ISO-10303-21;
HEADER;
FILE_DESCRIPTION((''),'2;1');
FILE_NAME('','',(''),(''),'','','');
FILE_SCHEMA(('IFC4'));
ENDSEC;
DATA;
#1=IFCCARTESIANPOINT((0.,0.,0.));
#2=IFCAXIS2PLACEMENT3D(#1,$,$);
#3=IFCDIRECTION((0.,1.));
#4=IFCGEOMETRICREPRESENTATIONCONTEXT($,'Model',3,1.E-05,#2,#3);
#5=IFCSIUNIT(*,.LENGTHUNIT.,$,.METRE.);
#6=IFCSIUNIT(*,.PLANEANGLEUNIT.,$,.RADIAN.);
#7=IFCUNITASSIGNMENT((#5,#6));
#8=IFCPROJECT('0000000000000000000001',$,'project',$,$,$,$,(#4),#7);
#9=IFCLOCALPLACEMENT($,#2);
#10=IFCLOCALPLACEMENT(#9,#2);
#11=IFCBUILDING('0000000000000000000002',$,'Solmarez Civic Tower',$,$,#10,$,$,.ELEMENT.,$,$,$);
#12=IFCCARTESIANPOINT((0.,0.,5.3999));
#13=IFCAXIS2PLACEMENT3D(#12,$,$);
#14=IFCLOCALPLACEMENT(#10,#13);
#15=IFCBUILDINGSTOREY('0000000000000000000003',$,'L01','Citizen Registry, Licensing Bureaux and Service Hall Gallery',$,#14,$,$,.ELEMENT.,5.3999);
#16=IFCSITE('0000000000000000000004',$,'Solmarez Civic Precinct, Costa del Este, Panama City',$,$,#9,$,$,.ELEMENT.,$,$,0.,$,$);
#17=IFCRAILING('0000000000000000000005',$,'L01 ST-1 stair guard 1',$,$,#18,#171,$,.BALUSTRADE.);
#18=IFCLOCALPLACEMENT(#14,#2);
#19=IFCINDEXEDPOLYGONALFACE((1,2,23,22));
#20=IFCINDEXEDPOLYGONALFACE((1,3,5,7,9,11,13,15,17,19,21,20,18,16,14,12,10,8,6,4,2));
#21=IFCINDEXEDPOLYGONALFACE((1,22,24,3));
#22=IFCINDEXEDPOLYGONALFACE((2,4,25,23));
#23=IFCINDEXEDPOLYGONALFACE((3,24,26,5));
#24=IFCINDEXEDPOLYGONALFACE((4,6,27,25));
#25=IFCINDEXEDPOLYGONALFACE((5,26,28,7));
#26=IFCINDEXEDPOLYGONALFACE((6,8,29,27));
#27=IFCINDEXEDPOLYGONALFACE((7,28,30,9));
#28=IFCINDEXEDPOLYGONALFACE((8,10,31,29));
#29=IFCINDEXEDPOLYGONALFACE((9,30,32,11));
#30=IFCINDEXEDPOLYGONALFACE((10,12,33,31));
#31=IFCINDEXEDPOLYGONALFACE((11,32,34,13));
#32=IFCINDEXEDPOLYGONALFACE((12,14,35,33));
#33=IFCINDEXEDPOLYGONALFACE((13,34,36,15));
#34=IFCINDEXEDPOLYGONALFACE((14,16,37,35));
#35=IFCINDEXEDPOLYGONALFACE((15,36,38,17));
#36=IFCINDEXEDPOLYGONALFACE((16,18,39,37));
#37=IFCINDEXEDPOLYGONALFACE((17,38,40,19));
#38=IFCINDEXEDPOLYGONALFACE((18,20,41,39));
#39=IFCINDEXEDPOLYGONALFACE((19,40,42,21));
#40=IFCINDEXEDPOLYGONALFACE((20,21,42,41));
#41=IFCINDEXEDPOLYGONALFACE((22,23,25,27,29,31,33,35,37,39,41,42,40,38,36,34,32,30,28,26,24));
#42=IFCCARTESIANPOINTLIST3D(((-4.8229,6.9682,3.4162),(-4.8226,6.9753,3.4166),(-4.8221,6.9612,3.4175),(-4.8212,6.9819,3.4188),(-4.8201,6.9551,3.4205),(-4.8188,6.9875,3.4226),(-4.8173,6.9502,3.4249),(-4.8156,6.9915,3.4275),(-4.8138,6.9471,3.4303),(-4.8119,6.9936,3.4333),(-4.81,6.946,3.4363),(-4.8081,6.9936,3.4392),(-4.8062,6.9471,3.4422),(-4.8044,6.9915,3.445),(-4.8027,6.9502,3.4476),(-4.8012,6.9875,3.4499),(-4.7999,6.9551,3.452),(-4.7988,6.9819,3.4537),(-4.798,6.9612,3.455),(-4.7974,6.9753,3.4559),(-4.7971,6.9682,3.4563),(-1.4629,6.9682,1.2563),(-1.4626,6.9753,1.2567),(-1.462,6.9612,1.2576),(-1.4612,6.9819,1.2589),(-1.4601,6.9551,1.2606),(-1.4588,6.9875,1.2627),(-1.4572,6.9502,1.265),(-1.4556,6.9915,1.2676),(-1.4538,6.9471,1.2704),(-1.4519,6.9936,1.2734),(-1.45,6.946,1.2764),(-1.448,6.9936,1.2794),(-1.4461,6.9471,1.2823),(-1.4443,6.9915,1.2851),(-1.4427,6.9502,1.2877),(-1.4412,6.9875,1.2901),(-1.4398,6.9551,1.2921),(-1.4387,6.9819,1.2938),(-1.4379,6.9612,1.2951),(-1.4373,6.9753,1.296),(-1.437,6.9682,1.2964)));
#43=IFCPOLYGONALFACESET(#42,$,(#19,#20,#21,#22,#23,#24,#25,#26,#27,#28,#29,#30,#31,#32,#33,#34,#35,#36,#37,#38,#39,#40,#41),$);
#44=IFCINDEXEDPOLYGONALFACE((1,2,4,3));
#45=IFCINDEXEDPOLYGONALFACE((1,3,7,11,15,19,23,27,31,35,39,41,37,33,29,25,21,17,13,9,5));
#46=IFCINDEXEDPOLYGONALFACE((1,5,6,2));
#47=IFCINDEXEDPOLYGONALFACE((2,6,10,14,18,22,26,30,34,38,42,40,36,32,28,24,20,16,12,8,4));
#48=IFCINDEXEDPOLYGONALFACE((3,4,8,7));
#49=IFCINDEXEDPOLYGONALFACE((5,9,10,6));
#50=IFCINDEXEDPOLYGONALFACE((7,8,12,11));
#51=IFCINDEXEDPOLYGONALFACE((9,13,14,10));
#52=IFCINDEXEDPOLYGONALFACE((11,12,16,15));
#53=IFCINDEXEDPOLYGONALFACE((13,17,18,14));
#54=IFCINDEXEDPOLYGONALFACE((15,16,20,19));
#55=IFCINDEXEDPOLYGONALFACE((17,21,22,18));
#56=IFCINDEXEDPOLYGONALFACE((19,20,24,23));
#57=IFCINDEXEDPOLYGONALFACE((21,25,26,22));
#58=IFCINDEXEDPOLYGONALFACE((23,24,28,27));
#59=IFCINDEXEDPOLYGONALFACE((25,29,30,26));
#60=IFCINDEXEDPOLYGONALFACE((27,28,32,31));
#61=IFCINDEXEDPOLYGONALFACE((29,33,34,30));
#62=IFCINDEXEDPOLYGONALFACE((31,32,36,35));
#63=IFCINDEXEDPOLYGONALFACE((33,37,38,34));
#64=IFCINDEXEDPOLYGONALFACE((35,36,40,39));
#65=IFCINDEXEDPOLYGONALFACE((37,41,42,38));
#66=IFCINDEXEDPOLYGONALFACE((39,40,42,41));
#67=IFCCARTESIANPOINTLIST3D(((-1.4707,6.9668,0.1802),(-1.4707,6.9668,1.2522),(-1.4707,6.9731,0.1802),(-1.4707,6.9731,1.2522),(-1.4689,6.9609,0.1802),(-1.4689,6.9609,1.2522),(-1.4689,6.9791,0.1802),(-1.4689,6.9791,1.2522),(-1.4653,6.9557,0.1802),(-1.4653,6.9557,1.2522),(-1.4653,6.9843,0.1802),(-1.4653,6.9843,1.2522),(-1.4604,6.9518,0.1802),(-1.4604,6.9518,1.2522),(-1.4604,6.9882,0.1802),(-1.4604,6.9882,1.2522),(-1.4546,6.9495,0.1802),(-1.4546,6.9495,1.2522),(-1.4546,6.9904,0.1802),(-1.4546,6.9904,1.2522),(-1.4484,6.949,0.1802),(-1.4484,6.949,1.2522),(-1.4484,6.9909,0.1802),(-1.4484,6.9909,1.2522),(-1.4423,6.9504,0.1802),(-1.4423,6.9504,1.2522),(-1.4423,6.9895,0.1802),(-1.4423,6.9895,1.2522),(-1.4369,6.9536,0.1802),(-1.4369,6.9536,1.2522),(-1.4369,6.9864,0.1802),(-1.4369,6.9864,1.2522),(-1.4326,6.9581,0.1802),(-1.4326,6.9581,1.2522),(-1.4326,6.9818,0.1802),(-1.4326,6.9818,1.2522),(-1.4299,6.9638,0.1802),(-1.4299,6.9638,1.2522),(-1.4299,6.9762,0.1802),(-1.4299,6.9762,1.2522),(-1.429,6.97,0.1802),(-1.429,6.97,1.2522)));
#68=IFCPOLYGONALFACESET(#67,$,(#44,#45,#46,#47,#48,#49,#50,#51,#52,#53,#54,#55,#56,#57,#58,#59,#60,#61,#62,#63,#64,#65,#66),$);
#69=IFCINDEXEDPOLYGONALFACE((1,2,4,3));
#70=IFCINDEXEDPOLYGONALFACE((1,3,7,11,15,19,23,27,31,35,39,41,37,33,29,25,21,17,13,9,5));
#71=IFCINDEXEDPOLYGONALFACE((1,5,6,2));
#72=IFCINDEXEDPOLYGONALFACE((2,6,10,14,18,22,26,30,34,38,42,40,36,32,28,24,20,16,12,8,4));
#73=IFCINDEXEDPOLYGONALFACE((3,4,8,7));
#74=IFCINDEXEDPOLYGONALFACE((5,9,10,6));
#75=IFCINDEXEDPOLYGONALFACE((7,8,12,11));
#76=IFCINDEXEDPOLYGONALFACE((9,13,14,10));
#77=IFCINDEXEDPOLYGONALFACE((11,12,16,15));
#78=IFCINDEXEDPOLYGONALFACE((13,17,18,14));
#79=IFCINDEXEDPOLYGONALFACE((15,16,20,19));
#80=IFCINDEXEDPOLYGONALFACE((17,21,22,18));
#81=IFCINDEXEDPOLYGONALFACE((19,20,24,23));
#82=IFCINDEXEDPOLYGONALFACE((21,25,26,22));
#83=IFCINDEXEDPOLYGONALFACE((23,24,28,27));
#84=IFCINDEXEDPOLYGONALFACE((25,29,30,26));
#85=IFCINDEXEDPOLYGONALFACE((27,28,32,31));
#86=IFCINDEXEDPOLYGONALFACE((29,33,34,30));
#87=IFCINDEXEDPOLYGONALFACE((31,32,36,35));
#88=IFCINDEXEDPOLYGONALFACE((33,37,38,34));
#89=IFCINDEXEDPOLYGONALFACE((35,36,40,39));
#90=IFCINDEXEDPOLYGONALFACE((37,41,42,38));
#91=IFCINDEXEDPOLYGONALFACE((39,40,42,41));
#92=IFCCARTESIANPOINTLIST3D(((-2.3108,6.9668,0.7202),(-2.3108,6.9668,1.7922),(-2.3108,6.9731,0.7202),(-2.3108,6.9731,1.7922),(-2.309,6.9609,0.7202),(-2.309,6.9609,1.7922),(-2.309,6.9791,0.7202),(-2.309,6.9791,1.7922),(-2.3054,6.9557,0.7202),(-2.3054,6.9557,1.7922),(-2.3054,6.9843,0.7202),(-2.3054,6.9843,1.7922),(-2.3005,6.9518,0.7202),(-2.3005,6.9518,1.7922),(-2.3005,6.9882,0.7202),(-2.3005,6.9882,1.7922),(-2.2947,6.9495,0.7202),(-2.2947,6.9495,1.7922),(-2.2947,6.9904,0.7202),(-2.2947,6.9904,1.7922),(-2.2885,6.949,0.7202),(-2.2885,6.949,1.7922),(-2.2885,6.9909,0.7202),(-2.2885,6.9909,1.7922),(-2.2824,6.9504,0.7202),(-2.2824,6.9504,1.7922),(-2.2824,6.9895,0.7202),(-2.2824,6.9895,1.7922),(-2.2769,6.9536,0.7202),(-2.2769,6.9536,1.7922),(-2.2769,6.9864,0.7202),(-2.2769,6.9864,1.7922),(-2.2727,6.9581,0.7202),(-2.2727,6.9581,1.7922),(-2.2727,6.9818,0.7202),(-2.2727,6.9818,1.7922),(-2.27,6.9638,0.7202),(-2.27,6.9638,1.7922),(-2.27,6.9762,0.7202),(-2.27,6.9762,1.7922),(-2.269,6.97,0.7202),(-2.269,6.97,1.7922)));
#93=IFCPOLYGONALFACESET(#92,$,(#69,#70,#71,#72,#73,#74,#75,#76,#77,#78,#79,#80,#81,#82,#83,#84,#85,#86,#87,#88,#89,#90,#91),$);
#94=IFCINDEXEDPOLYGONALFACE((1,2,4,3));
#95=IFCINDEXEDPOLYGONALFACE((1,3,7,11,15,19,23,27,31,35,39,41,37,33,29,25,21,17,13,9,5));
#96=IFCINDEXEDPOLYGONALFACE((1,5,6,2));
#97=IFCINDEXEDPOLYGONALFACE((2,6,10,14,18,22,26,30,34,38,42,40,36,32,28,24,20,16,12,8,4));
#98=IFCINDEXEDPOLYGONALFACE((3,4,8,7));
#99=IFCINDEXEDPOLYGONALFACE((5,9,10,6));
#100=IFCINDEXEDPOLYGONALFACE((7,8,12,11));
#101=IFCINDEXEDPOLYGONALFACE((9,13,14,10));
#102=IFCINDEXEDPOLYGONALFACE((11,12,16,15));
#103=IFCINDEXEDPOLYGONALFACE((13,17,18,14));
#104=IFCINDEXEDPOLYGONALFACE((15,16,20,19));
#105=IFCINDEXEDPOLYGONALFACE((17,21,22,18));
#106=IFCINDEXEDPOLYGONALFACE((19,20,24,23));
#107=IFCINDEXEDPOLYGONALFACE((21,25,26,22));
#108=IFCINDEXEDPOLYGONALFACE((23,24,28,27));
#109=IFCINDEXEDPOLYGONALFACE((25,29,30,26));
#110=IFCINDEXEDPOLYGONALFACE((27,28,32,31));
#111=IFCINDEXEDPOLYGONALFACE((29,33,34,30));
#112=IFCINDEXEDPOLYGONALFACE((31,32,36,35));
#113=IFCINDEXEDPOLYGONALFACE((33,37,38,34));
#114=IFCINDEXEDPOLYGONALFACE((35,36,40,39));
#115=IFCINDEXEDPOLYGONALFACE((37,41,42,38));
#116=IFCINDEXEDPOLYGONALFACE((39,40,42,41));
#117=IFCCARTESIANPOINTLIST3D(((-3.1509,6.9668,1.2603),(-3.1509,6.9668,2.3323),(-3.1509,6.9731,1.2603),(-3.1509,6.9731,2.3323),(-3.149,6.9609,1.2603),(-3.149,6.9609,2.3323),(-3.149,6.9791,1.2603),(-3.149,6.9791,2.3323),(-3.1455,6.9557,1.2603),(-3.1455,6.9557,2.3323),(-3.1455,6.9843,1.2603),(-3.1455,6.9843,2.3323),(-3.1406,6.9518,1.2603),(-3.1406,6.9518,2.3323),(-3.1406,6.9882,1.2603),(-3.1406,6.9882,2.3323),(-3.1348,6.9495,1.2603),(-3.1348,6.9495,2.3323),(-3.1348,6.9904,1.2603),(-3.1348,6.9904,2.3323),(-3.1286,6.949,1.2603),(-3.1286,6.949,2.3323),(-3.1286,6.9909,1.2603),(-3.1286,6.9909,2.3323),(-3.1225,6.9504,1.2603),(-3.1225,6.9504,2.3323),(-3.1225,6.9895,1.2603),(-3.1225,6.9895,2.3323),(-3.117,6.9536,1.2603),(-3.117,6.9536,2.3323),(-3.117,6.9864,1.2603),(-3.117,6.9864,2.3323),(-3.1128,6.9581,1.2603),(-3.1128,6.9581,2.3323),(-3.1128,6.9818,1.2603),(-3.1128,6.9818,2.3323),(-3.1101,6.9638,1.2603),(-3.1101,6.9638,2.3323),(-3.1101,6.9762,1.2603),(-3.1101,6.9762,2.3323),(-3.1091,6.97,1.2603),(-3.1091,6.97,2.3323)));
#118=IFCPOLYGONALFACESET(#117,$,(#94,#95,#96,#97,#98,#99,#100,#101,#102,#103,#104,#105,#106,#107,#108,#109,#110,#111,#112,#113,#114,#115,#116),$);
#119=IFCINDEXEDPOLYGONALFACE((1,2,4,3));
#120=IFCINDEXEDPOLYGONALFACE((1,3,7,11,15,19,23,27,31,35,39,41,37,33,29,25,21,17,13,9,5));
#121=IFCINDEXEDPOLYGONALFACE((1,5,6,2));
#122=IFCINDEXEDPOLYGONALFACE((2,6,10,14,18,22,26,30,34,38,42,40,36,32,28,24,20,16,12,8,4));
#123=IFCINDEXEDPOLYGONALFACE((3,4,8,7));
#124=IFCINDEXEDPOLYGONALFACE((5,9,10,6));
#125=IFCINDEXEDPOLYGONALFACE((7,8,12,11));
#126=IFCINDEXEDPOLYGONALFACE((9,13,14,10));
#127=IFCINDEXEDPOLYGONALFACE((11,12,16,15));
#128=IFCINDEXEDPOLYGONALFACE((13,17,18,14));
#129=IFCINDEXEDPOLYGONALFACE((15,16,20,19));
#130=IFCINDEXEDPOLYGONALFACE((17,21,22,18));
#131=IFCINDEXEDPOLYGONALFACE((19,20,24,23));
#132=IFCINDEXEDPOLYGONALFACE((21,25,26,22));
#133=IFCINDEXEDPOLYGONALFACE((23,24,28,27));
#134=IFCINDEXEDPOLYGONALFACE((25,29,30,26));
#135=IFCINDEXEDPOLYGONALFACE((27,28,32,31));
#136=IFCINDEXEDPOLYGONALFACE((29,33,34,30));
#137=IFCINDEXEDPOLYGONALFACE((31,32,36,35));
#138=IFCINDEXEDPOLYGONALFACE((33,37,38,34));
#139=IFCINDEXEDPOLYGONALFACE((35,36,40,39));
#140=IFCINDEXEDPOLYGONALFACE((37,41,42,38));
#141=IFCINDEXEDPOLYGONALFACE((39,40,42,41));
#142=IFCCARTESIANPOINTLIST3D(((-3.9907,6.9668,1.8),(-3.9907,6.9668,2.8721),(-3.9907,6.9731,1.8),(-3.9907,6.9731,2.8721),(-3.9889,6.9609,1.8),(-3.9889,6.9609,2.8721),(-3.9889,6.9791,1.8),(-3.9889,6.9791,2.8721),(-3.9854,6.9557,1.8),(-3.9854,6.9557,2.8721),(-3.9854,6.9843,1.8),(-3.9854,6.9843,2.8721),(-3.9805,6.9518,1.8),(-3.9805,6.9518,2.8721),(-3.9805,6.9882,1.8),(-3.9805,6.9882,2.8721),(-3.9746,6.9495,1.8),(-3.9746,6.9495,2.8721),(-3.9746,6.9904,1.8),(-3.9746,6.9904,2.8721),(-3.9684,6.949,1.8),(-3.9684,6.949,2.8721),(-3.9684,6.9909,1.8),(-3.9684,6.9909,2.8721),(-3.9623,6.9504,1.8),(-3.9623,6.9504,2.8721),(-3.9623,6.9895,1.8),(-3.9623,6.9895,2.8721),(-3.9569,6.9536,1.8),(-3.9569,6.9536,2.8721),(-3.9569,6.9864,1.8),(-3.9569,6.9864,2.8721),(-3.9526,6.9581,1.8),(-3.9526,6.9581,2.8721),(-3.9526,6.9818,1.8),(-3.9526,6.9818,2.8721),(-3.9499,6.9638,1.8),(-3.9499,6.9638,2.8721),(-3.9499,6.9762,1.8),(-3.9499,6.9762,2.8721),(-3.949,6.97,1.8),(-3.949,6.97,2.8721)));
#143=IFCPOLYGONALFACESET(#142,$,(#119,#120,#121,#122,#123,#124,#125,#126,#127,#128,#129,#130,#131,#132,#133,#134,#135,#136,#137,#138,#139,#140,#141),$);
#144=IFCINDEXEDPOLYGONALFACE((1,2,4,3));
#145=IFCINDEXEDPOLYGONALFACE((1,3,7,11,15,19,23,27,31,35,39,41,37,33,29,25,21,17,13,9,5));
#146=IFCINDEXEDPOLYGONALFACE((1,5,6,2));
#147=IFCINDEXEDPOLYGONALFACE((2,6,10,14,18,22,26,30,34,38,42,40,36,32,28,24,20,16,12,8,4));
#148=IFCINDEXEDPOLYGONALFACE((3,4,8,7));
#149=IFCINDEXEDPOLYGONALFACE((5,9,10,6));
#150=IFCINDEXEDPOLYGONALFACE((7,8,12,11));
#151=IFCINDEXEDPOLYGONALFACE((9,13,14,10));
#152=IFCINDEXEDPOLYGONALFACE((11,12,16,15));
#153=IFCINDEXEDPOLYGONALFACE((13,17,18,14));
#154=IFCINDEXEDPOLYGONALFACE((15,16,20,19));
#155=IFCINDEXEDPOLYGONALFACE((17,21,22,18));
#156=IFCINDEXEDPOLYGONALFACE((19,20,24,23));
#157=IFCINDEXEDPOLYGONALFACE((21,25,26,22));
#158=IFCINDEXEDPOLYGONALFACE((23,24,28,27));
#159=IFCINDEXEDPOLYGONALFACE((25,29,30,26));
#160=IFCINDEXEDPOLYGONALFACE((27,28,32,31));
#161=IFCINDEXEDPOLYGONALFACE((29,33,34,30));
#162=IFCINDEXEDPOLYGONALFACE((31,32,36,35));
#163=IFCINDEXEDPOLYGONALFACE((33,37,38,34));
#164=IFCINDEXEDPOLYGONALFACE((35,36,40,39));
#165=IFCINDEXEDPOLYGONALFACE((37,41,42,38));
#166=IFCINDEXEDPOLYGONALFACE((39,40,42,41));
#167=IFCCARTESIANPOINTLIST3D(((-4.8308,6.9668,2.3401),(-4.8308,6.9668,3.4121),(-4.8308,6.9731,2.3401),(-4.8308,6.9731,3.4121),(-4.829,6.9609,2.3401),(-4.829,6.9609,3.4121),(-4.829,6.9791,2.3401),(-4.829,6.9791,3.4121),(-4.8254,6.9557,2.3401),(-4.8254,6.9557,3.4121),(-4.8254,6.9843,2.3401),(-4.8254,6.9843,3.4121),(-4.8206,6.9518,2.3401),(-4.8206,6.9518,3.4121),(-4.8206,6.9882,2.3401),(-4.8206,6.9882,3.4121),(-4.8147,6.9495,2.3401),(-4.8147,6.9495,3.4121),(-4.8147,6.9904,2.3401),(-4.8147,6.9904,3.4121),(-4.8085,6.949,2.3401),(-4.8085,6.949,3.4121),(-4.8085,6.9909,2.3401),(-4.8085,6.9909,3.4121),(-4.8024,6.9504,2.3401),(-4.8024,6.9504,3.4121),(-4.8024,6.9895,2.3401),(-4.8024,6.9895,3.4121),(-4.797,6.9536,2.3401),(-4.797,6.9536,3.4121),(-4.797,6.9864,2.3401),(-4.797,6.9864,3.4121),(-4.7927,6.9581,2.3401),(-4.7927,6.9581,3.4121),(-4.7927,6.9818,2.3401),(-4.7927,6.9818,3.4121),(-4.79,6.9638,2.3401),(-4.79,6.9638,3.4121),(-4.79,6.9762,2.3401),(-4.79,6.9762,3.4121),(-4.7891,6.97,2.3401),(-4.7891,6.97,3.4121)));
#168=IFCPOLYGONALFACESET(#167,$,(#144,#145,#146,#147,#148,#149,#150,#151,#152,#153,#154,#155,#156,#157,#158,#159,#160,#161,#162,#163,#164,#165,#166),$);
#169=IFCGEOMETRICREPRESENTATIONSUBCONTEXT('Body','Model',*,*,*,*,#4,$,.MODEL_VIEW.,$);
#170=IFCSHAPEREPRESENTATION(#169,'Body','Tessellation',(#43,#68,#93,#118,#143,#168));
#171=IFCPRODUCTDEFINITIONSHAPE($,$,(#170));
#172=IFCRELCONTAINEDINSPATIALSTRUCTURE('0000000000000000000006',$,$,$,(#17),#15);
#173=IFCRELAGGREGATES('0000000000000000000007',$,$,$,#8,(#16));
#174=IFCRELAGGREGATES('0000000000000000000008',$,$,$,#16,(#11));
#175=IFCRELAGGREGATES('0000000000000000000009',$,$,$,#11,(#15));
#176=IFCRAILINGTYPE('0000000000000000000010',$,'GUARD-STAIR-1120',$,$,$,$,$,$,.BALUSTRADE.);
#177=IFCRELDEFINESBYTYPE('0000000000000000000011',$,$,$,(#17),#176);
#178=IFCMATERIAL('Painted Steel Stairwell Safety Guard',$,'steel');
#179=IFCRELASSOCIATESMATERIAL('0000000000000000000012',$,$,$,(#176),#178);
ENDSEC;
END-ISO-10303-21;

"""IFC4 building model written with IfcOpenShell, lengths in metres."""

from ifc_helpers import new_model, si_unit, direction, frame, origin, origin_2d, place, context, subcontext, project, spatial, circle, extrude, material, type_object, element, save


model = new_model("IFC4")

# Units and contexts
model_context = context("Model", 3, precision=1e-05, world=origin(), true_north=direction((0.0, 1.0)))
body_context = subcontext(model_context, "Body", "Model", "MODEL_VIEW")
ifc_project = project(units=[si_unit("LENGTHUNIT", "METRE"), si_unit("PLANEANGLEUNIT", "RADIAN")], contexts=[model_context])

# Site, building, storey
site_placement = place(None, origin())
site = spatial("IfcSite", under=ifc_project, at=site_placement, Name="Solmarez Civic Precinct, Costa del Este, Panama City", CompositionType="ELEMENT", RefElevation=0.0)
building_placement = place(site_placement, origin())
building = spatial("IfcBuilding", under=site, at=building_placement, Name="Solmarez Civic Tower", CompositionType="ELEMENT")
storey_placement = place(building_placement, frame((0.0, 0.0, 5.3999)))
storey = spatial("IfcBuildingStorey", under=building, at=storey_placement, Name="L01", Description="Citizen Registry, Licensing Bureaux and Service Hall Gallery", CompositionType="ELEMENT", Elevation=5.3999)

# Railing
ifc_material_1 = material(Name="Painted Steel Stairwell Safety Guard", Category="steel")
railing_type_1 = type_object("IfcRailingType", Name="GUARD-STAIR-1120", PredefinedType="BALUSTRADE", material=ifc_material_1)
railing_1_placement = place(storey_placement, frame((-1.45, 6.97, 0.1802)))
element("IfcRailing", 1, at=railing_1_placement, inside=storey, type_object=railing_type_1, Name="L01 ST-1 stair guard 1", PredefinedType="BALUSTRADE", context=body_context, shape_type="SweptSolid", body=[
    extrude(circle(Radius=0.0239, at=origin_2d()), frame((0.0, 0.0, 1.0962), z_axis=(-0.841196, 0.0, 0.54073), x_axis=(0.0, -1.0, 0.0)), (0.0, 0.0, 1.0), 3.9944),
    extrude(circle(Radius=0.021, at=origin_2d()), origin(), (0.0, 0.0, 1.0), 1.072),
    extrude(circle(Radius=0.021, at=origin_2d()), frame((-0.8401, 0.0, 0.54)), (0.0, 0.0, 1.0), 1.072),
    extrude(circle(Radius=0.021, at=origin_2d()), frame((-1.6802, 0.0, 1.0801)), (0.0, 0.0, 1.0), 1.072),
    extrude(circle(Radius=0.021, at=origin_2d()), frame((-2.52, 0.0, 1.6199)), (0.0, 0.0, 1.0), 1.072),
    extrude(circle(Radius=0.021, at=origin_2d()), frame((-3.3601, 0.0, 2.1599)), (0.0, 0.0, 1.0), 1.072),
])

save(model, "model.ifc")
